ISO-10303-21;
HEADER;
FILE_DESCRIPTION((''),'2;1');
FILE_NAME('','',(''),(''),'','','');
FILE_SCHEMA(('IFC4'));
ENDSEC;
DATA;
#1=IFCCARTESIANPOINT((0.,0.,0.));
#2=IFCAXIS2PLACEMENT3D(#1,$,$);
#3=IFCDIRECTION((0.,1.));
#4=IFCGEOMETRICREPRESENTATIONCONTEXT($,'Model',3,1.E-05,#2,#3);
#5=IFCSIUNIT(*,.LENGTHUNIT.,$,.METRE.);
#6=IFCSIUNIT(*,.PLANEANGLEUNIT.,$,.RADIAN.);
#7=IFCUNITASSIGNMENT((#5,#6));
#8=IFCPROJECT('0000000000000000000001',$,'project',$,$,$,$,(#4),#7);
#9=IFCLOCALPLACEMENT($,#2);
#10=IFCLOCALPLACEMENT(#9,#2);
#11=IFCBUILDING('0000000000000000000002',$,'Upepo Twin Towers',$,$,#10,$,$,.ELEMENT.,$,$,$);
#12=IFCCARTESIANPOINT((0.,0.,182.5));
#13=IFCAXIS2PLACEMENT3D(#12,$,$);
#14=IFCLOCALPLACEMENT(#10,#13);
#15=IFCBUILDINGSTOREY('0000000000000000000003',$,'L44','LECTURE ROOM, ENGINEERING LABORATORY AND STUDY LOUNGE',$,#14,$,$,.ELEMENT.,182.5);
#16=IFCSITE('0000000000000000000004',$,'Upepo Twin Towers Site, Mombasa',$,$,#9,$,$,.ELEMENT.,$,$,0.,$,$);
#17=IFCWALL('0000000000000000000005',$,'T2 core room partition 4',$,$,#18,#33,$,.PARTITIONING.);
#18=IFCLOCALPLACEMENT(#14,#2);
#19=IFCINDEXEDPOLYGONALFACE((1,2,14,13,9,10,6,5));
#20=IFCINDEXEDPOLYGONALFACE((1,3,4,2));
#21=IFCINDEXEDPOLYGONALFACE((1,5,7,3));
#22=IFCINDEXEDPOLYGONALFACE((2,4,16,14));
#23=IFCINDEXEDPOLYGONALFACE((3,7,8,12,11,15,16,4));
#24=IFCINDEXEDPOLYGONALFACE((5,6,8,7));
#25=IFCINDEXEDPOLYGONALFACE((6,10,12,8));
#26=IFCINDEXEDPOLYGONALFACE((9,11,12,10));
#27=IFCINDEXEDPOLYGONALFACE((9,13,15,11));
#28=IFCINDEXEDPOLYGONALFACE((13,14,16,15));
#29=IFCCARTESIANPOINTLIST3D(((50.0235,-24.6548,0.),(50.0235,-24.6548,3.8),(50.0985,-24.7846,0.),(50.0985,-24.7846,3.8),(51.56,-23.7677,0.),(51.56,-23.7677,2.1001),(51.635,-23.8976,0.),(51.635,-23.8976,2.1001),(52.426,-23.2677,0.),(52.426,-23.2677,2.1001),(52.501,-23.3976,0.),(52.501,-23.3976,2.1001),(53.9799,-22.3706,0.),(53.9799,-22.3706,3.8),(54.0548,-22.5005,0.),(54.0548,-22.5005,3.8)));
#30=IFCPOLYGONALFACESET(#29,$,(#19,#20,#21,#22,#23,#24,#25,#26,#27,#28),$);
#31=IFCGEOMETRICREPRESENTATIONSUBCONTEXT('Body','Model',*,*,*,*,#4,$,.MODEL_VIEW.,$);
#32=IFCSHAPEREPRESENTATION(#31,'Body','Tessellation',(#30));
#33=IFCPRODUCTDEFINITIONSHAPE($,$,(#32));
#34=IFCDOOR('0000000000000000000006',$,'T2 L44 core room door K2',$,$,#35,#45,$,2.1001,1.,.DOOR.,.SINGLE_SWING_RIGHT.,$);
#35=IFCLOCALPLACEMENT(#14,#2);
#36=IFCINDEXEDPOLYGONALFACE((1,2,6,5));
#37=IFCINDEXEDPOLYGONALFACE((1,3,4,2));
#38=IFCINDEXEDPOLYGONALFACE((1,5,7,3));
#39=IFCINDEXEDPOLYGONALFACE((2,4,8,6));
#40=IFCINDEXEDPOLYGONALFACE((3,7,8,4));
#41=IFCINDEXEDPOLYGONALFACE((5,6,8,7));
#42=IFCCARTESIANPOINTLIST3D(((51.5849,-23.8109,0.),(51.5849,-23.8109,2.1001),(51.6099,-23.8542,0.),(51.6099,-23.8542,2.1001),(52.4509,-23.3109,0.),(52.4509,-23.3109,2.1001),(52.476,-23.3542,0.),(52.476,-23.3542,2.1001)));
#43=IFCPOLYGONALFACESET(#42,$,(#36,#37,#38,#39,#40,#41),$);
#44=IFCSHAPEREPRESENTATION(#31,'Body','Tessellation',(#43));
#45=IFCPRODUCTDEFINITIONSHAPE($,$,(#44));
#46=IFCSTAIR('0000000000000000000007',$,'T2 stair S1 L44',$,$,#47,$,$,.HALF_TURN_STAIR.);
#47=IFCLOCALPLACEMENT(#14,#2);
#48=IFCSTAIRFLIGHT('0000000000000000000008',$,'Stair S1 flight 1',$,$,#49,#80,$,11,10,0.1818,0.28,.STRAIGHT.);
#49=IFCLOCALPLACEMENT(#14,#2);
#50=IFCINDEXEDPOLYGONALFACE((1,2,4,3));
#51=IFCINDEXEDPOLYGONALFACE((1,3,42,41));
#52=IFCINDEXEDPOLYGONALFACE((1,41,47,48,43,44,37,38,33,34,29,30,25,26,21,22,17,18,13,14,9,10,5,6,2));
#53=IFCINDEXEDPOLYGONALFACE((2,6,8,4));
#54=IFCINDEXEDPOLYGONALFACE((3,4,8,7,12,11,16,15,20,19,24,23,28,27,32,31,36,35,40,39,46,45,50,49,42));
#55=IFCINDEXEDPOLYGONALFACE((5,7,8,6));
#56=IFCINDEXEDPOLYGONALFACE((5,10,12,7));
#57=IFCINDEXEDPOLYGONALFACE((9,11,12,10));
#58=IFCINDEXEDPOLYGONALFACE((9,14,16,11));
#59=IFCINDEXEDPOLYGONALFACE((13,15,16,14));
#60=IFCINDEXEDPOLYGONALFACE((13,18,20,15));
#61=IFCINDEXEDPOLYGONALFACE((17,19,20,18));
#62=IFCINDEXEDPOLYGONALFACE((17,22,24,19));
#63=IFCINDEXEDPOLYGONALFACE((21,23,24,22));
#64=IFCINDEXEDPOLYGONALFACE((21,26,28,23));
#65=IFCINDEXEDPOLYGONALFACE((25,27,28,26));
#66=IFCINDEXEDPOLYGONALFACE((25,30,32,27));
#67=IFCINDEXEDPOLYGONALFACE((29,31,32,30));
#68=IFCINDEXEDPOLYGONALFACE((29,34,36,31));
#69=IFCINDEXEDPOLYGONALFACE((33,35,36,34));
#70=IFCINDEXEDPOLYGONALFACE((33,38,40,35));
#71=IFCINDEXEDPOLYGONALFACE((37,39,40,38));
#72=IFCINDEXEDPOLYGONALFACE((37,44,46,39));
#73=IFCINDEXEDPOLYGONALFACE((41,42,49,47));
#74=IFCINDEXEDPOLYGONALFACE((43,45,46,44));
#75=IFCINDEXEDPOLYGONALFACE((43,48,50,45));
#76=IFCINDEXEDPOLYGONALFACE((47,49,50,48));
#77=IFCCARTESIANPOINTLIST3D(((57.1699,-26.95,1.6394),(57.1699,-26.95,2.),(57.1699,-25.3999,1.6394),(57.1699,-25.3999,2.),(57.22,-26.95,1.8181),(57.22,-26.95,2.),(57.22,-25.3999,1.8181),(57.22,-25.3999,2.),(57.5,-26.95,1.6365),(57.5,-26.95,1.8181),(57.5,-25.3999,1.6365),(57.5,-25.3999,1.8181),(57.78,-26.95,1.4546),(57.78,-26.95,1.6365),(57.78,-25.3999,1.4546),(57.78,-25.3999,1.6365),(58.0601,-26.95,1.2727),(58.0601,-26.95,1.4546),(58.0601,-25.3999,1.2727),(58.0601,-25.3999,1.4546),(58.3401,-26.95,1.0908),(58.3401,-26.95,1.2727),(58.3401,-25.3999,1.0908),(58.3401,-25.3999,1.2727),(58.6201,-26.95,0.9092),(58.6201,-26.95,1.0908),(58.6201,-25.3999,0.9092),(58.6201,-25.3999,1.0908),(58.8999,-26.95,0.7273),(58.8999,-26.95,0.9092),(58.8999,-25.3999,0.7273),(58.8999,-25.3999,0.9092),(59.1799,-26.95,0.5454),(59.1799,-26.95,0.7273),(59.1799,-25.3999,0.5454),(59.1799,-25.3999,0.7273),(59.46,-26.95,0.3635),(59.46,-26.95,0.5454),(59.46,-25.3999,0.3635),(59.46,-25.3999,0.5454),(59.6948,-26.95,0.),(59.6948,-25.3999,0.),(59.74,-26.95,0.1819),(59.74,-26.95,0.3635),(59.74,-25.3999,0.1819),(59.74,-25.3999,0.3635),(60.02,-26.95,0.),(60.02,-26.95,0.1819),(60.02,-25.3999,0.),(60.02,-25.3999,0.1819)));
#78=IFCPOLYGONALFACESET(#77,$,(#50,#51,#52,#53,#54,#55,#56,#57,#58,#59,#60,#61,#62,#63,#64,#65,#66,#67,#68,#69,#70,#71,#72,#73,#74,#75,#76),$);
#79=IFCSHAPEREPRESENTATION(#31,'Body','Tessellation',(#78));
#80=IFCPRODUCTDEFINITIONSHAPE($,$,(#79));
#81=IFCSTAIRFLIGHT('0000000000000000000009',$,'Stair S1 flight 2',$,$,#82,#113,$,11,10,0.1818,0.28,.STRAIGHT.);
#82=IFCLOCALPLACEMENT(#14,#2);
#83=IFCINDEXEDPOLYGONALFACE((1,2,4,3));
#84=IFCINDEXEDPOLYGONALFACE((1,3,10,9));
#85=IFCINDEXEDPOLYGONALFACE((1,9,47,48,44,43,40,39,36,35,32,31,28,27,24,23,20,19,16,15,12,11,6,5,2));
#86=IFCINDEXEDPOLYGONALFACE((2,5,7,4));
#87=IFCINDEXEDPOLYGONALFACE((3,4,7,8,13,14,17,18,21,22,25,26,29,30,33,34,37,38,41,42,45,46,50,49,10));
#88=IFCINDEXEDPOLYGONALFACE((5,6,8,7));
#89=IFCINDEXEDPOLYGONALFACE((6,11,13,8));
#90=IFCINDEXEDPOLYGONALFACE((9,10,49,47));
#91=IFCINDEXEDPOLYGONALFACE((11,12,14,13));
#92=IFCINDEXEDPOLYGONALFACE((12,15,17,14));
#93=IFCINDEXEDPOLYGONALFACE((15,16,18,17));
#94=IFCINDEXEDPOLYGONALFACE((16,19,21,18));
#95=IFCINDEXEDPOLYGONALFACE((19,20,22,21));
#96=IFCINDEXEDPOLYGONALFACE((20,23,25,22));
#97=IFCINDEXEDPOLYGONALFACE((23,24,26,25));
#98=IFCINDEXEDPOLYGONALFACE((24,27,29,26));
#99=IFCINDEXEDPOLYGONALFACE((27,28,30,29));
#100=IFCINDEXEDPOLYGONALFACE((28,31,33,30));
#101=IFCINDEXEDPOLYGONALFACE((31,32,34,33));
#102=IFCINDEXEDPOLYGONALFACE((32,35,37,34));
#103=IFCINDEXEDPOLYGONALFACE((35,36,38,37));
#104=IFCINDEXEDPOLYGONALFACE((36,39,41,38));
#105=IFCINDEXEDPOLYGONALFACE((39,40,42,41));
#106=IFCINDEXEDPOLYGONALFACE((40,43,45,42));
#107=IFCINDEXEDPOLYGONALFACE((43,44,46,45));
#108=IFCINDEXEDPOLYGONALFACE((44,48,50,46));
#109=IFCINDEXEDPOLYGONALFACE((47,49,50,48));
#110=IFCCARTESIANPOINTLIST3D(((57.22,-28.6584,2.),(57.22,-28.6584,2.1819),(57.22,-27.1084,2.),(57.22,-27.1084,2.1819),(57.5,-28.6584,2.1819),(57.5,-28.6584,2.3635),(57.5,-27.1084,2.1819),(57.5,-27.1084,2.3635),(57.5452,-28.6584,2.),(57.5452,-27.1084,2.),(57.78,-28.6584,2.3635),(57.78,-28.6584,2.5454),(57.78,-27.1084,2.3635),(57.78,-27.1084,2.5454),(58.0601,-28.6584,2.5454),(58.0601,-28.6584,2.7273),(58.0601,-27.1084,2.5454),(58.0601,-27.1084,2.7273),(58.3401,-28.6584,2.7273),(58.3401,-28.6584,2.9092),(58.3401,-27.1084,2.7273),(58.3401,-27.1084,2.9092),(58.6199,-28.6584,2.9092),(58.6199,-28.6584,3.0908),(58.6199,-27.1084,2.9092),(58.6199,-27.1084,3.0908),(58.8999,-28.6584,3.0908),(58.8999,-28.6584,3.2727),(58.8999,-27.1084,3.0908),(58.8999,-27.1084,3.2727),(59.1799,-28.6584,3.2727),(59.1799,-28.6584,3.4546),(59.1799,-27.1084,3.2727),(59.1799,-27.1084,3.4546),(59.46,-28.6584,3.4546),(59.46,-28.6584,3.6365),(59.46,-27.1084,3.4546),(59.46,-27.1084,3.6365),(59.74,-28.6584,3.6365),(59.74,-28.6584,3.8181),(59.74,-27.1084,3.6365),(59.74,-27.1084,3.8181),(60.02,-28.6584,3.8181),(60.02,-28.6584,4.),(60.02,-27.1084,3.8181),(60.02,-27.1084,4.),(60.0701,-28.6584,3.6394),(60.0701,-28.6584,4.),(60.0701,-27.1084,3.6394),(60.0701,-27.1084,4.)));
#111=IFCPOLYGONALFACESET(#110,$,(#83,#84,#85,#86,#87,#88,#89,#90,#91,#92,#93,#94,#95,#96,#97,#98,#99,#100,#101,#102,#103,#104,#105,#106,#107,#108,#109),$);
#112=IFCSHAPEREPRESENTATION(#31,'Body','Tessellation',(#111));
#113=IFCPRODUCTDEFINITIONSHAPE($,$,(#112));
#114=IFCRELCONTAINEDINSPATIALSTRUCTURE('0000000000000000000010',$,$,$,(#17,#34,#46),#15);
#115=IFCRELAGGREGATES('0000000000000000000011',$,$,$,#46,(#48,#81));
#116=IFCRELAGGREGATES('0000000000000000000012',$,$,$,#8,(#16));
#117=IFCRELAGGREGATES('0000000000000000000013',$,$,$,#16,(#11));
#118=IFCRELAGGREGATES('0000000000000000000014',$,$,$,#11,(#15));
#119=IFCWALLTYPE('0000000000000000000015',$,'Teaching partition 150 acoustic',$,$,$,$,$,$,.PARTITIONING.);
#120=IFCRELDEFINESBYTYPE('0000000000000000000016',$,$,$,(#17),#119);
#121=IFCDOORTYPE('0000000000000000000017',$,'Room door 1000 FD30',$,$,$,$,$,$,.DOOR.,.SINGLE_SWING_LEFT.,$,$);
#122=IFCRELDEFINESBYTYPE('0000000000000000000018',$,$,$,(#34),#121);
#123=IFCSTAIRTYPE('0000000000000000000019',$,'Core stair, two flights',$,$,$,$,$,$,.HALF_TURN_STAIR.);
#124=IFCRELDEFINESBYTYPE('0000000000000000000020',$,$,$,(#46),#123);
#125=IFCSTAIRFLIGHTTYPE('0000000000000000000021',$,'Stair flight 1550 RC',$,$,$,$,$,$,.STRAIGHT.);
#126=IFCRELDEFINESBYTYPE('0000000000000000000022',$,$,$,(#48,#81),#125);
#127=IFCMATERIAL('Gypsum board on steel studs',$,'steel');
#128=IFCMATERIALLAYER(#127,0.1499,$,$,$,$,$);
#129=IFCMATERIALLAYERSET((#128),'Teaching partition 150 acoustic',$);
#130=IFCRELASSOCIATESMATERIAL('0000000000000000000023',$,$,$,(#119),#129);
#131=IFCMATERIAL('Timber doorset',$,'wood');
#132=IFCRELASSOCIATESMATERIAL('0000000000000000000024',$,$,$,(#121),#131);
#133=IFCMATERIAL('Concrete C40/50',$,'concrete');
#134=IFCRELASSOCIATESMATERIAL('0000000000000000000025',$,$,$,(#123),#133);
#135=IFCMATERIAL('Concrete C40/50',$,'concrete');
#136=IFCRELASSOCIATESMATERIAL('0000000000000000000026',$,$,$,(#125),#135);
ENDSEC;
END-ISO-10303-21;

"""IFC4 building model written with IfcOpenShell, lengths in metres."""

from ifc_helpers import new_model, si_unit, direction, frame, frame_2d, origin, place, context, subcontext, project, spatial, polyline, rectangle, outline, extrude, material, layer, layer_set, type_object, element, fill, aggregate, save


model = new_model("IFC4")

# Units and contexts
model_context = context("Model", 3, precision=1e-05, world=origin(), true_north=direction((0.0, 1.0)))
body_context = subcontext(model_context, "Body", "Model", "MODEL_VIEW")
ifc_project = project(units=[si_unit("LENGTHUNIT", "METRE"), si_unit("PLANEANGLEUNIT", "RADIAN")], contexts=[model_context])

# Site, building, storey
site_placement = place(None, origin())
site = spatial("IfcSite", under=ifc_project, at=site_placement, Name="Upepo Twin Towers Site, Mombasa", CompositionType="ELEMENT", RefElevation=0.0)
building_placement = place(site_placement, origin())
building = spatial("IfcBuilding", under=site, at=building_placement, Name="Upepo Twin Towers", CompositionType="ELEMENT")
storey_placement = place(building_placement, frame((0.0, 0.0, 182.5)))
storey = spatial("IfcBuildingStorey", under=building, at=storey_placement, Name="L44", Description="LECTURE ROOM, ENGINEERING LABORATORY AND STUDY LOUNGE", CompositionType="ELEMENT", Elevation=182.5)

# Shared definitions
ifc_material_1 = material(Name="Gypsum board on steel studs", Category="steel")
ifc_layer_1 = layer(ifc_material_1, 0.1499)
ifc_layer_set_1 = layer_set([ifc_layer_1], Name="Teaching partition 150 acoustic")
wall_type_1 = type_object("IfcWallType", Name="Teaching partition 150 acoustic", PredefinedType="PARTITIONING", material=ifc_layer_set_1)

# Wall, opening, door
wall_1_placement = place(storey_placement, frame((54.0173, -22.4355, 0.0), z_axis=(0.0, 0.0, 1.0), x_axis=(-0.866025, -0.500002, 0.0)))
wall_1 = element("IfcWall", 1, at=wall_1_placement, inside=storey, type_object=wall_type_1, Name="T2 core room partition 4", PredefinedType="PARTITIONING", context=body_context, shape_type="SweptSolid", body=[
    extrude(rectangle(XDim=4.5684, YDim=0.1499, at=frame_2d((2.2842, 0.0))), origin(), (0.0, 0.0, 1.0), 3.8),
])
opening_1_placement = place(wall_1_placement, frame((1.7942, 0.0, 0.0)))
opening_1 = element("IfcOpeningElement", 2, at=opening_1_placement, cuts=wall_1, PredefinedType="OPENING", context=body_context, shape_type="SweptSolid", body=[
    extrude(rectangle(XDim=1.0, YDim=2.1001, at=frame_2d((0.5, 1.05))), frame((0.0, 0.085, 0.0), z_axis=(0.0, -1.0, 0.0), x_axis=(1.0, 0.0, 0.0)), (0.0, 0.0, 1.0), 0.1699),
])
ifc_material_2 = material(Name="Timber doorset", Category="wood")
door_type_1 = type_object("IfcDoorType", Name="Room door 1000 FD30", OperationType="SINGLE_SWING_LEFT", PredefinedType="DOOR", material=ifc_material_2)
door_1_placement = place(opening_1_placement, origin())
door_1 = element("IfcDoor", 3, at=door_1_placement, inside=storey, type_object=door_type_1, Name="T2 L44 core room door K2", OperationType="SINGLE_SWING_RIGHT", OverallHeight=2.1001, OverallWidth=1.0, PredefinedType="DOOR", context=body_context, shape_type="SweptSolid", body=[
    extrude(rectangle(XDim=1.0, YDim=2.1001, at=frame_2d((0.5, 1.05))), frame((0.0, 0.0249, 0.0), z_axis=(0.0, -1.0, 0.0), x_axis=(1.0, 0.0, 0.0)), (0.0, 0.0, 1.0), 0.05),
])
fill(opening_1, door_1)

# Stair, stair flights
ifc_material_3 = material(Name="Concrete C40/50", Category="concrete")
stair_type = type_object("IfcStairType", Name="Core stair, two flights", PredefinedType="HALF_TURN_STAIR", material=ifc_material_3)
stair_placement = place(storey_placement, origin())
stair = element("IfcStair", 4, at=stair_placement, inside=storey, type_object=stair_type, Name="T2 stair S1 L44", PredefinedType="HALF_TURN_STAIR")
ifc_material_4 = material(Name="Concrete C40/50", Category="concrete")
stair_flight_type = type_object("IfcStairFlightType", Name="Stair flight 1550 RC", PredefinedType="STRAIGHT", material=ifc_material_4)
stair_flight_1_placement = place(storey_placement, frame((60.02, -26.175, 0.0), z_axis=(0.0, 0.0, 1.0), x_axis=(-1.0, 0.0, 0.0)))
stair_flight_1 = element("IfcStairFlight", 5, at=stair_flight_1_placement, type_object=stair_flight_type, Name="Stair S1 flight 1", NumberOfRisers=11, NumberOfTreads=10, PredefinedType="STRAIGHT", RiserHeight=0.1818, TreadLength=0.28, context=body_context, shape_type="SweptSolid", body=[
    extrude(outline(polyline([(0.0, 0.0), (0.0, 0.1819), (0.28, 0.1819), (0.28, 0.3635), (0.5601, 0.3635), (0.5601, 0.5454), (0.8401, 0.5454), (0.8401, 0.7273), (1.1201, 0.7273), (1.1201, 0.9092), (1.3999, 0.9092), (1.3999, 1.0908), (1.6799, 1.0908), (1.6799, 1.2727), (1.96, 1.2727), (1.96, 1.4546), (2.24, 1.4546), (2.24, 1.6365), (2.52, 1.6365), (2.52, 1.8181), (2.8, 1.8181), (2.8, 2.0), (2.8501, 2.0), (2.8501, 1.6394), (0.3252, 0.0), (0.0, 0.0)])), frame((0.0, 0.7749, 0.0), z_axis=(0.0, -1.0, 0.0), x_axis=(1.0, 0.0, 0.0)), (0.0, 0.0, 1.0), 1.55),
])
stair_flight_2_placement = place(storey_placement, frame((57.22, -27.8833, 2.0), z_axis=(0.0, 0.0, 1.0), x_axis=(1.0, 0.0, 0.0)))
stair_flight_2 = element("IfcStairFlight", 6, at=stair_flight_2_placement, type_object=stair_flight_type, Name="Stair S1 flight 2", NumberOfRisers=11, NumberOfTreads=10, PredefinedType="STRAIGHT", RiserHeight=0.1818, TreadLength=0.28, context=body_context, shape_type="SweptSolid", body=[
    extrude(outline(polyline([(0.0, 0.0), (0.0, 0.1819), (0.28, 0.1819), (0.28, 0.3635), (0.5601, 0.3635), (0.5601, 0.5454), (0.8401, 0.5454), (0.8401, 0.7273), (1.1201, 0.7273), (1.1201, 0.9092), (1.3999, 0.9092), (1.3999, 1.0908), (1.6799, 1.0908), (1.6799, 1.2727), (1.96, 1.2727), (1.96, 1.4546), (2.24, 1.4546), (2.24, 1.6365), (2.52, 1.6365), (2.52, 1.8181), (2.8, 1.8181), (2.8, 2.0), (2.8501, 2.0), (2.8501, 1.6394), (0.3252, 0.0), (0.0, 0.0)])), frame((0.0, 0.7749, 0.0), z_axis=(0.0, -1.0, 0.0), x_axis=(1.0, 0.0, 0.0)), (0.0, 0.0, 1.0), 1.55),
])
aggregate(stair, [stair_flight_1, stair_flight_2])

save(model, "model.ifc")
